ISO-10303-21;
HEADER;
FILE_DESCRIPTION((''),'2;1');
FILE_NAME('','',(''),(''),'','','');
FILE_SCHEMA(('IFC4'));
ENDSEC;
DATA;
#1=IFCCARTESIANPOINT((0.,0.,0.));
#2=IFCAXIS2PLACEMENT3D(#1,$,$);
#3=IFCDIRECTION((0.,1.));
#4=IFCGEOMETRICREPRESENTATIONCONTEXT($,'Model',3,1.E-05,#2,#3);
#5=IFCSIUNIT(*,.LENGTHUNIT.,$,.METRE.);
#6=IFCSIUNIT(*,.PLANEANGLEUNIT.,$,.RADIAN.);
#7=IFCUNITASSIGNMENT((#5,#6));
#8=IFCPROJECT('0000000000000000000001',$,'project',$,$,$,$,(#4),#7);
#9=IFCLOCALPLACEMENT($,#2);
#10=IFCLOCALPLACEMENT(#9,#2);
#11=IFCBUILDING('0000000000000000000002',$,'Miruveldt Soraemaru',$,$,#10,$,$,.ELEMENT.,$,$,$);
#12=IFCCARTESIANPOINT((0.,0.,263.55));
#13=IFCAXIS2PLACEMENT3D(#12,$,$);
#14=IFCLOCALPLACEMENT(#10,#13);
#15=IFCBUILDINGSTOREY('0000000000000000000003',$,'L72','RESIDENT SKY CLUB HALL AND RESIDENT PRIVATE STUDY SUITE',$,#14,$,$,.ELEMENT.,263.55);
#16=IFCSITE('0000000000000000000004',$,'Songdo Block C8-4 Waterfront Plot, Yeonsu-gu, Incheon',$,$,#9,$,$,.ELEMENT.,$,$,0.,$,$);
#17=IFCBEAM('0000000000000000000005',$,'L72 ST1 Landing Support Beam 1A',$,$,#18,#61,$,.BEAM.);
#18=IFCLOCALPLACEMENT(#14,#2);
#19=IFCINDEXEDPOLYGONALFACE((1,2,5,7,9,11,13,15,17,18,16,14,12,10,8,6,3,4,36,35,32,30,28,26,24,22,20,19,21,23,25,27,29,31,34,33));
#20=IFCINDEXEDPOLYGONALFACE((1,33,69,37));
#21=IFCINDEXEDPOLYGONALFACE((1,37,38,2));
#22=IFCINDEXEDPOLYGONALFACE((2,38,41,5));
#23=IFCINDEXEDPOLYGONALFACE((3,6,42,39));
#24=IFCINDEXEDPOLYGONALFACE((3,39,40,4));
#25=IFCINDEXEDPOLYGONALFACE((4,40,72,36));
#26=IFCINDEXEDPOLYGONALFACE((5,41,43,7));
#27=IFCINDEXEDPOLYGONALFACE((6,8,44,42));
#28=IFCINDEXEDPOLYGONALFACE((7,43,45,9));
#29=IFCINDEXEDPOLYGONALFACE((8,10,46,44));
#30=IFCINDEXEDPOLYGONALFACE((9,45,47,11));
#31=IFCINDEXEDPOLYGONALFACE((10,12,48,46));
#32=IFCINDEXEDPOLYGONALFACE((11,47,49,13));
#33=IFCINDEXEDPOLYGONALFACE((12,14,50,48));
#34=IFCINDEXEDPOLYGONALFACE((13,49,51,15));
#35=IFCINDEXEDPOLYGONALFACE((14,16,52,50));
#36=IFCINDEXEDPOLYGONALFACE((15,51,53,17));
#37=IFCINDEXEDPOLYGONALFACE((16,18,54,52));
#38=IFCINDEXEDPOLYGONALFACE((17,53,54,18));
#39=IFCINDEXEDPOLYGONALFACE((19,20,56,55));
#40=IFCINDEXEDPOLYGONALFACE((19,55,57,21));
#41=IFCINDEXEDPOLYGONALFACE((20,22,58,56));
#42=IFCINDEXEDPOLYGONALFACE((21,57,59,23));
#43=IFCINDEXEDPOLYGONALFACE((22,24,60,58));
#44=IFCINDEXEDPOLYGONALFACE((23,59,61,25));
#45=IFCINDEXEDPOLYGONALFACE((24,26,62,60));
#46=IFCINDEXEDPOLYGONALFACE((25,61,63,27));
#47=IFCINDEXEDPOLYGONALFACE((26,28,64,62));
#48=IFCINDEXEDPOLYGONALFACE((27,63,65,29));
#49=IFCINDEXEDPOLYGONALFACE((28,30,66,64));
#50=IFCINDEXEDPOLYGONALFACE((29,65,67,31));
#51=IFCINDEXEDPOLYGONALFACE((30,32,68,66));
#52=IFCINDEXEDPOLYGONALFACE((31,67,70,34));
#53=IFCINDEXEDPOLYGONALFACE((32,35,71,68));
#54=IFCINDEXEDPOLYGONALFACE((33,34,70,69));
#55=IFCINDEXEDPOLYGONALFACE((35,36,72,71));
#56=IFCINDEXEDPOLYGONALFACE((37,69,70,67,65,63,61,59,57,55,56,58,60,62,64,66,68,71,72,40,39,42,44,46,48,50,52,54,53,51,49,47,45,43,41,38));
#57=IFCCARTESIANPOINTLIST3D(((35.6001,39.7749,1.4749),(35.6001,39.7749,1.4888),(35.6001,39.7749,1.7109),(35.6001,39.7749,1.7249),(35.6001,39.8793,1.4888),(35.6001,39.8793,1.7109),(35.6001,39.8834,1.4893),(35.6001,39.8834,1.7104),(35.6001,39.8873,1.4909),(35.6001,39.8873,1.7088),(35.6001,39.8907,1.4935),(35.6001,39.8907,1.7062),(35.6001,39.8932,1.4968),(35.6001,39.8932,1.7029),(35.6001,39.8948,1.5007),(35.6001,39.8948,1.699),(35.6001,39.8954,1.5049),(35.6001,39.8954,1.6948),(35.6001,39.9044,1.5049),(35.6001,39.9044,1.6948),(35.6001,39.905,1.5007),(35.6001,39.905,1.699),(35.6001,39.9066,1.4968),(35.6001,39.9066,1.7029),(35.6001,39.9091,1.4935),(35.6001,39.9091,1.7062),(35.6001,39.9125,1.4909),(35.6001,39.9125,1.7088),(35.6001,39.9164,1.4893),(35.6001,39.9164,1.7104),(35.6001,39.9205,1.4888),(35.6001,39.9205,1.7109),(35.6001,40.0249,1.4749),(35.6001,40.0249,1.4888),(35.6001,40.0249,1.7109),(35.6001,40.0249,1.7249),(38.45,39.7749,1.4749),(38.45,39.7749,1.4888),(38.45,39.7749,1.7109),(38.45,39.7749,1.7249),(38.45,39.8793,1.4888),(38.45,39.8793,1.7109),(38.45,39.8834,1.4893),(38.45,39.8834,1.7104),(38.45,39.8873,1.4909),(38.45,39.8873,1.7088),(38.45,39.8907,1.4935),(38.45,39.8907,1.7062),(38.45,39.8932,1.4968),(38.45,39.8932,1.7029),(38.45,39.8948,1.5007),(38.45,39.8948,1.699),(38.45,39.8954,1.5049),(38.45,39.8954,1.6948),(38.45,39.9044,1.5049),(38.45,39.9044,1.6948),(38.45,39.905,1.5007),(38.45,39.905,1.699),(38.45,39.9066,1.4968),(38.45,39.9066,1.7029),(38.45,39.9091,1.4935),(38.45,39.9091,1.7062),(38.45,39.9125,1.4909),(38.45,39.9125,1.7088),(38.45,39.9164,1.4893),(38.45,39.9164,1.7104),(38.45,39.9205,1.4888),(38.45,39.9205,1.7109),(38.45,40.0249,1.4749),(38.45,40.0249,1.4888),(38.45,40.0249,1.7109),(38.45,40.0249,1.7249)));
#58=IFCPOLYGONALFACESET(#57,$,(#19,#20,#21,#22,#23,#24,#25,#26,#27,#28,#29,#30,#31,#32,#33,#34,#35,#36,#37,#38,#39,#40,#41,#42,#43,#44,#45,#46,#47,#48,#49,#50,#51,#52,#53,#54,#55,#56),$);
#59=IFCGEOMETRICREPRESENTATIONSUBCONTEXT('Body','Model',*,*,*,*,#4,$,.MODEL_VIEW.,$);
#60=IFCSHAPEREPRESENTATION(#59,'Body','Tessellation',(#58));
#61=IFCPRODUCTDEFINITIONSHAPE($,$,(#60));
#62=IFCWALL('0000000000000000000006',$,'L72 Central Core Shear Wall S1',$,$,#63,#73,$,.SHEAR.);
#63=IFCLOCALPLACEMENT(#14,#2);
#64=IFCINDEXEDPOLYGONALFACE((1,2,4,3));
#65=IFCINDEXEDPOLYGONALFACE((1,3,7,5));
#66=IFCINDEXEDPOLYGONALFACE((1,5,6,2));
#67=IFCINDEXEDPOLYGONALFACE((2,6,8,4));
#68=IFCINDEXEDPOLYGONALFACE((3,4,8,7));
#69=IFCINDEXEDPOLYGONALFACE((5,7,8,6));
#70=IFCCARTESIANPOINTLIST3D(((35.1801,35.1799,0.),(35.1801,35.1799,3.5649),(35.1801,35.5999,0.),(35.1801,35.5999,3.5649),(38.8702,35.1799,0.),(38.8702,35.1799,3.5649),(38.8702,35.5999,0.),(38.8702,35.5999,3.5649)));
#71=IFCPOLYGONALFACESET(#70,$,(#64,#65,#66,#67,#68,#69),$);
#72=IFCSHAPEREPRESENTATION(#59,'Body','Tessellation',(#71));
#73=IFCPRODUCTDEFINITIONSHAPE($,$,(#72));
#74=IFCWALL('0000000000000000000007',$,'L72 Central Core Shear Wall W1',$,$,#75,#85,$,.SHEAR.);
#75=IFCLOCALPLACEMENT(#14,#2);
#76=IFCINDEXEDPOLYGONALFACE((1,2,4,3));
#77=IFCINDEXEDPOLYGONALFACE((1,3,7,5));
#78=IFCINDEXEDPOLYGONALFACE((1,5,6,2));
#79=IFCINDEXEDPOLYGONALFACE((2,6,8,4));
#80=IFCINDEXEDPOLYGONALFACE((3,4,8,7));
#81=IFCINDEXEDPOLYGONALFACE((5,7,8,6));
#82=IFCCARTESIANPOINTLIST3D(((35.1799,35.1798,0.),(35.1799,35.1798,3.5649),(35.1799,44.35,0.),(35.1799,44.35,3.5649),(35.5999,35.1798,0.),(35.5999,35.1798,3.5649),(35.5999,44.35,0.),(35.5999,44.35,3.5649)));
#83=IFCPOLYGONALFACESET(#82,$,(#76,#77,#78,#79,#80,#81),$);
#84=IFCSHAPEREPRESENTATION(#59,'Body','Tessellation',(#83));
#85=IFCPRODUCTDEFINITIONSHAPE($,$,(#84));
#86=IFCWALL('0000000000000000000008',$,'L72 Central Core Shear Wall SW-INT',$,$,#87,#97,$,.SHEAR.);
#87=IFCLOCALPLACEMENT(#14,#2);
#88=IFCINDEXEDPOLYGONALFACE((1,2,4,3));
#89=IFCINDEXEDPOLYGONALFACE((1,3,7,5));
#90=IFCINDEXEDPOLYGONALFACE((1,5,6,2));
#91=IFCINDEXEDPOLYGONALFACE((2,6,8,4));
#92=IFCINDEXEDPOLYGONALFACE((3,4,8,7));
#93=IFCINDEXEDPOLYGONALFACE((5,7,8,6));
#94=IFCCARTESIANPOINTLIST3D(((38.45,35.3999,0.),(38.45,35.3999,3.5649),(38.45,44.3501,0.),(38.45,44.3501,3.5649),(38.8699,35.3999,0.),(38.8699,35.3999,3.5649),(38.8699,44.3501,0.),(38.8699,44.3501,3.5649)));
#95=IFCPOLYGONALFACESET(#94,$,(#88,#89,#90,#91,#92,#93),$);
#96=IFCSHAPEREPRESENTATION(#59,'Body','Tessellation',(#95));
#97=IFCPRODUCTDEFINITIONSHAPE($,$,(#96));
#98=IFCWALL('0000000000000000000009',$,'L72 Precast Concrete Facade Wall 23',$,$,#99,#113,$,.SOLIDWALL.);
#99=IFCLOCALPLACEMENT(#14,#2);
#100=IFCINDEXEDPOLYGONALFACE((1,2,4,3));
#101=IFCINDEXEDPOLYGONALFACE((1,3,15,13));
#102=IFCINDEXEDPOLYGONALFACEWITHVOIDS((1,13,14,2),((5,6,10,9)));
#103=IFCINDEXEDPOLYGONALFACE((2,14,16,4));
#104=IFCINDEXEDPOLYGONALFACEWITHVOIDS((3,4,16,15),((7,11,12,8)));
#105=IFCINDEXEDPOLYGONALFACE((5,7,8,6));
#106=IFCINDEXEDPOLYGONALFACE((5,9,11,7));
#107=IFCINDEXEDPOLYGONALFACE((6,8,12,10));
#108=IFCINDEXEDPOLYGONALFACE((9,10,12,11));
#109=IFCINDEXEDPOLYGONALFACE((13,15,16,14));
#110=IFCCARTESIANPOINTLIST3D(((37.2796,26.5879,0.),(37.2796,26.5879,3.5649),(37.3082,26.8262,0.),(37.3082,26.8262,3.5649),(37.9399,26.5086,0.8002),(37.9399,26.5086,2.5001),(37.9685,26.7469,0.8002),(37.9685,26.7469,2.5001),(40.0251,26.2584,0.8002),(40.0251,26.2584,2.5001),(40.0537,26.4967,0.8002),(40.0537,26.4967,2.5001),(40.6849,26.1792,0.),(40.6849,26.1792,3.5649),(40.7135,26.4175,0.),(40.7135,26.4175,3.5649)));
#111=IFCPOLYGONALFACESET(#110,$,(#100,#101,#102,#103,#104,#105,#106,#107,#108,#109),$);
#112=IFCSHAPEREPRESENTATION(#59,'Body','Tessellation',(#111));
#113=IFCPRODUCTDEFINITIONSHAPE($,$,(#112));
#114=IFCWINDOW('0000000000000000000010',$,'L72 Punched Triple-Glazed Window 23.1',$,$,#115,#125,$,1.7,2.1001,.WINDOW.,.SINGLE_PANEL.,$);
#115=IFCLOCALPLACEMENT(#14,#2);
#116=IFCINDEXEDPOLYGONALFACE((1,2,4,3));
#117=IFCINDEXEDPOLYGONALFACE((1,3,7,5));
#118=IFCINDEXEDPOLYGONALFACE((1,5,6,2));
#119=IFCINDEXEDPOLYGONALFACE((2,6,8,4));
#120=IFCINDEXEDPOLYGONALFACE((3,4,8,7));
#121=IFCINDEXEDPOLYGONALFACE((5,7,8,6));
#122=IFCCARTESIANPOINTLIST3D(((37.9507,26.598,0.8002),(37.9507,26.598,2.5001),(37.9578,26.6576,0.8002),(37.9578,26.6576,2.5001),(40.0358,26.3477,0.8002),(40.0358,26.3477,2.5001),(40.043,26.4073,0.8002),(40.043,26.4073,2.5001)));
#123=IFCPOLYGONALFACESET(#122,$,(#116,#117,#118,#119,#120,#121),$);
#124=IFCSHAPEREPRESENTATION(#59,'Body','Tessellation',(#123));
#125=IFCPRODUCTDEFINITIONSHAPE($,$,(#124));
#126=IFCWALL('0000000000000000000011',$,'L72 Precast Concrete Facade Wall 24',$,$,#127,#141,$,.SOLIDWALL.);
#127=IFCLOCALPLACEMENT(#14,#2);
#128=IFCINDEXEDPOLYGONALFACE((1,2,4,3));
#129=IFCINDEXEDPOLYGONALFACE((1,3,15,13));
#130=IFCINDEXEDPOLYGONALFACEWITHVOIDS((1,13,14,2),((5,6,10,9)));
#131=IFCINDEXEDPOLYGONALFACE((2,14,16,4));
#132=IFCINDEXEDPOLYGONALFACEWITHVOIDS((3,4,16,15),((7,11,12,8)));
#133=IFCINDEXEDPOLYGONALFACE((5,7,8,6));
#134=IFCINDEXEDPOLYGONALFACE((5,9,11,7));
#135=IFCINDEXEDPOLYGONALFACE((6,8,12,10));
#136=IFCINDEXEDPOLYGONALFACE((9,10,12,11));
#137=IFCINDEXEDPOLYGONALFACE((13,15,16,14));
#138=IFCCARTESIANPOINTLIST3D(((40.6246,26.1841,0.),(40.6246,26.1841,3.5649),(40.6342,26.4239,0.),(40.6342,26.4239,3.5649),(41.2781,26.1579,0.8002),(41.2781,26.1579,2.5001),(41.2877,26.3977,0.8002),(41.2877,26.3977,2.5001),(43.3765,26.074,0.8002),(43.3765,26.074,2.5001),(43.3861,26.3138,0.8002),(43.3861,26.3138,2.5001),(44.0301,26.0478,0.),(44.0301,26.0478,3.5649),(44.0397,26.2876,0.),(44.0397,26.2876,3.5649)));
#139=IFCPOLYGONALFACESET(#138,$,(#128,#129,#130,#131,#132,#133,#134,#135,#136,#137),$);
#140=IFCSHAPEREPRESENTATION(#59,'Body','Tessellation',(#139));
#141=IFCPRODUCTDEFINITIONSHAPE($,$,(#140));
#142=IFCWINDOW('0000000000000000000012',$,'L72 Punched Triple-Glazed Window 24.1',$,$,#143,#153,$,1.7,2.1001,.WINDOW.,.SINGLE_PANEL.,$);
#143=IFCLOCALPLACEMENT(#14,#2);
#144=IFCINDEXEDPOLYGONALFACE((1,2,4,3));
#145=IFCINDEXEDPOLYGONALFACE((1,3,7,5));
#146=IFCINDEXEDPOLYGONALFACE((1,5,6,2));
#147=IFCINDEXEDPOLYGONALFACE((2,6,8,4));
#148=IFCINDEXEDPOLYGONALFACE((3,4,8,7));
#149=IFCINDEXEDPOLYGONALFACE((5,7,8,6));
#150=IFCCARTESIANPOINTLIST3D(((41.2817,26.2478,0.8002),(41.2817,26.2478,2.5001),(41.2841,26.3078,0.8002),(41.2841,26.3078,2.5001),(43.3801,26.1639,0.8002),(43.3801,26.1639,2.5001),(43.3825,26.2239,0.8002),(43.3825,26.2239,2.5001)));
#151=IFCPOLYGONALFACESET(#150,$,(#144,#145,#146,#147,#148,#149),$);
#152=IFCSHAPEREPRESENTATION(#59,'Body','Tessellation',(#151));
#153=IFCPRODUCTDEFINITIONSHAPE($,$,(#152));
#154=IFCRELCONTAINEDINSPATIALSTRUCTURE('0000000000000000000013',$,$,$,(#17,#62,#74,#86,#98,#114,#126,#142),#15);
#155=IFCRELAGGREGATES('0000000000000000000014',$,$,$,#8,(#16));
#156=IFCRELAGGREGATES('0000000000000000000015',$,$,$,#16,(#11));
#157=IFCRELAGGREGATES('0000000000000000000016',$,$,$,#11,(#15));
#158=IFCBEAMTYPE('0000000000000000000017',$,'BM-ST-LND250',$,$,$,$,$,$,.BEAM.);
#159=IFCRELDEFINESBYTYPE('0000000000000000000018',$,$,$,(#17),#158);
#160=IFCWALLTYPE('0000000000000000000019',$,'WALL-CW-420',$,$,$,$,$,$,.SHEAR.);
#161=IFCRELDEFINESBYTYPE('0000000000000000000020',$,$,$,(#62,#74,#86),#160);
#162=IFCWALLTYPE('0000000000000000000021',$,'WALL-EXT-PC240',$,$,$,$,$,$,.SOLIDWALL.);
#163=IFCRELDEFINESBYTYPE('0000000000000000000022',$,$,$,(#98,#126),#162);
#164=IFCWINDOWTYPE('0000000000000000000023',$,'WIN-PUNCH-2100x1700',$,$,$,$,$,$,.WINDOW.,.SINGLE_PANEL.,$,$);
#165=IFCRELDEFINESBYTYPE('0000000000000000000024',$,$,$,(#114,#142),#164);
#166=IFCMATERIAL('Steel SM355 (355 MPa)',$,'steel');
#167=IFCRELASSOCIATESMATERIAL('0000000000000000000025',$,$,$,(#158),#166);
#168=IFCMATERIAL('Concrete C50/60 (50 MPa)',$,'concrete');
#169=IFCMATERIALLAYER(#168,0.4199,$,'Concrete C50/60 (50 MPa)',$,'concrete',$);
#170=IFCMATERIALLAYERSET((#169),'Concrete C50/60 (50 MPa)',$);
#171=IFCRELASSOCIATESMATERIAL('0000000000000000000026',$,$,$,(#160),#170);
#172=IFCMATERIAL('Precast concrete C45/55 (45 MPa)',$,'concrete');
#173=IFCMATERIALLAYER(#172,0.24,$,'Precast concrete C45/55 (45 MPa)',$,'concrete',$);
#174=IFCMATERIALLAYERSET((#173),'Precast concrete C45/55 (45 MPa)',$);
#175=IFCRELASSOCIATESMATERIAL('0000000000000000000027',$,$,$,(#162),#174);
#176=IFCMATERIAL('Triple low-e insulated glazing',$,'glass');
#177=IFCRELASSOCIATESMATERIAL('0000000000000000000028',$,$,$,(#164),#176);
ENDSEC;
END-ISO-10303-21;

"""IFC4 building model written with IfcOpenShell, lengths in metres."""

from ifc_helpers import new_model, si_unit, direction, frame, frame_2d, origin, origin_2d, place, context, subcontext, project, spatial, rectangle, i_section, extrude, material, layer, layer_set, material_profile, profile_set, type_object, element, fill, save


model = new_model("IFC4")

# Units and contexts
model_context = context("Model", 3, precision=1e-05, world=origin(), true_north=direction((0.0, 1.0)))
body_context = subcontext(model_context, "Body", "Model", "MODEL_VIEW")
ifc_project = project(units=[si_unit("LENGTHUNIT", "METRE"), si_unit("PLANEANGLEUNIT", "RADIAN")], contexts=[model_context])

# Site, building, storey
site_placement = place(None, origin())
site = spatial("IfcSite", under=ifc_project, at=site_placement, Name="Songdo Block C8-4 Waterfront Plot, Yeonsu-gu, Incheon", CompositionType="ELEMENT", RefElevation=0.0)
building_placement = place(site_placement, origin())
building = spatial("IfcBuilding", under=site, at=building_placement, Name="Miruveldt Soraemaru", CompositionType="ELEMENT")
storey_placement = place(building_placement, frame((0.0, 0.0, 263.55)))
storey = spatial("IfcBuildingStorey", under=building, at=storey_placement, Name="L72", Description="RESIDENT SKY CLUB HALL AND RESIDENT PRIVATE STUDY SUITE", CompositionType="ELEMENT", Elevation=263.55)

# Shared definitions
ifc_material_1 = material(Name="Concrete C50/60 (50 MPa)", Category="concrete")

# Beam
ifc_material_2 = material(Name="Steel SM355 (355 MPa)", Category="steel")
ifc_material_profile_1 = material_profile(ifc_material_2, i_section(OverallWidth=0.25, OverallDepth=0.25, WebThickness=0.009, FlangeThickness=0.0139, FilletRadius=0.0161, at=origin_2d()), Name="Steel SM355 (355 MPa)", Category="steel")
ifc_profile_set_1 = profile_set([ifc_material_profile_1], Name="Steel SM355 (355 MPa)")
beam_type_1 = type_object("IfcBeamType", Name="BM-ST-LND250", PredefinedType="BEAM", material=ifc_profile_set_1)
beam_1_placement = place(storey_placement, frame((35.6001, 39.8999, 1.5999), z_axis=(1.0, 0.0, 0.0), x_axis=(0.0, 1.0, 0.0)))
element("IfcBeam", 1, at=beam_1_placement, inside=storey, type_object=beam_type_1, Name="L72 ST1 Landing Support Beam 1A", PredefinedType="BEAM", context=body_context, shape_type="SweptSolid", body=[
    extrude(i_section(OverallWidth=0.25, OverallDepth=0.25, WebThickness=0.009, FlangeThickness=0.0139, FilletRadius=0.0161, at=origin_2d()), origin(), (0.0, 0.0, 1.0), 2.8499),
])

# Walls
ifc_layer_1 = layer(ifc_material_1, 0.4199, Name="Concrete C50/60 (50 MPa)", Category="concrete")
ifc_layer_set_1 = layer_set([ifc_layer_1], Name="Concrete C50/60 (50 MPa)")
wall_type_1 = type_object("IfcWallType", Name="WALL-CW-420", PredefinedType="SHEAR", material=ifc_layer_set_1)
wall_1_placement = place(storey_placement, frame((35.1799, 35.3899, 0.0), z_axis=(0.0, 0.0, 1.0), x_axis=(1.0, 0.0, 0.0)))
element("IfcWall", 2, at=wall_1_placement, inside=storey, type_object=wall_type_1, Name="L72 Central Core Shear Wall S1", PredefinedType="SHEAR", context=body_context, shape_type="SweptSolid", body=[
    extrude(rectangle(XDim=3.6902, YDim=0.4199, at=frame_2d((1.8452, 0.0))), origin(), (0.0, 0.0, 1.0), 3.5649),
])
wall_2_placement = place(storey_placement, frame((35.3899, 35.1799, 0.0), z_axis=(0.0, 0.0, 1.0), x_axis=(0.0, 1.0, 0.0)))
element("IfcWall", 3, at=wall_2_placement, inside=storey, type_object=wall_type_1, Name="L72 Central Core Shear Wall W1", PredefinedType="SHEAR", context=body_context, shape_type="SweptSolid", body=[
    extrude(rectangle(XDim=9.1702, YDim=0.4199, at=frame_2d((4.585, 0.0))), origin(), (0.0, 0.0, 1.0), 3.5649),
])
wall_3_placement = place(storey_placement, frame((38.6599, 35.3999, 0.0), z_axis=(0.0, 0.0, 1.0), x_axis=(0.0, 1.0, 0.0)))
element("IfcWall", 4, at=wall_3_placement, inside=storey, type_object=wall_type_1, Name="L72 Central Core Shear Wall SW-INT", PredefinedType="SHEAR", context=body_context, shape_type="SweptSolid", body=[
    extrude(rectangle(XDim=8.9502, YDim=0.4199, at=frame_2d((4.4751, 0.0))), origin(), (0.0, 0.0, 1.0), 3.5649),
])

# Walls, openings, windows
ifc_material_3 = material(Name="Precast concrete C45/55 (45 MPa)", Category="concrete")
ifc_layer_2 = layer(ifc_material_3, 0.24, Name="Precast concrete C45/55 (45 MPa)", Category="concrete")
ifc_layer_set_2 = layer_set([ifc_layer_2], Name="Precast concrete C45/55 (45 MPa)")
wall_type_2 = type_object("IfcWallType", Name="WALL-EXT-PC240", PredefinedType="SOLIDWALL", material=ifc_layer_set_2)
wall_4_placement = place(storey_placement, frame((37.2939, 26.707, 0.0), z_axis=(0.0, 0.0, 1.0), x_axis=(0.992875, -0.119162, 0.0)))
wall_4 = element("IfcWall", 5, at=wall_4_placement, inside=storey, type_object=wall_type_2, Name="L72 Precast Concrete Facade Wall 23", PredefinedType="SOLIDWALL", context=body_context, shape_type="SweptSolid", body=[
    extrude(rectangle(XDim=3.4297, YDim=0.24, at=frame_2d((1.7148, 0.0))), origin(), (0.0, 0.0, 1.0), 3.5649),
])
opening_1_placement = place(wall_4_placement, frame((0.665, 0.0, 0.8)))
opening_1 = element("IfcOpeningElement", 6, at=opening_1_placement, cuts=wall_4, PredefinedType="OPENING", context=body_context, shape_type="SweptSolid", body=[
    extrude(rectangle(XDim=2.1001, YDim=1.7, at=frame_2d((1.05, 0.8501))), frame((0.0, 0.1299, 0.0), z_axis=(0.0, -1.0, 0.0), x_axis=(1.0, 0.0, 0.0)), (0.0, 0.0, 1.0), 0.26),
])
ifc_material_4 = material(Name="Triple low-e insulated glazing", Category="glass")
window_type = type_object("IfcWindowType", Name="WIN-PUNCH-2100x1700", PartitioningType="SINGLE_PANEL", PredefinedType="WINDOW", material=ifc_material_4)
window_1_placement = place(opening_1_placement, origin())
window_1 = element("IfcWindow", 7, at=window_1_placement, inside=storey, type_object=window_type, Name="L72 Punched Triple-Glazed Window 23.1", OverallHeight=1.7, OverallWidth=2.1001, PartitioningType="SINGLE_PANEL", PredefinedType="WINDOW", context=body_context, shape_type="SweptSolid", body=[
    extrude(rectangle(XDim=2.1001, YDim=1.7, at=frame_2d((1.05, 0.8501))), frame((0.0, 0.03, 0.0), z_axis=(0.0, -1.0, 0.0), x_axis=(1.0, 0.0, 0.0)), (0.0, 0.0, 1.0), 0.0601),
])
fill(opening_1, window_1)
wall_5_placement = place(storey_placement, frame((40.6294, 26.304, 0.0), z_axis=(0.0, 0.0, 1.0), x_axis=(0.999201, -0.039971, 0.0)))
wall_5 = element("IfcWall", 8, at=wall_5_placement, inside=storey, type_object=wall_type_2, Name="L72 Precast Concrete Facade Wall 24", PredefinedType="SOLIDWALL", context=body_context, shape_type="SweptSolid", body=[
    extrude(rectangle(XDim=3.4082, YDim=0.24, at=frame_2d((1.7041, 0.0))), origin(), (0.0, 0.0, 1.0), 3.5649),
])
opening_2_placement = place(wall_5_placement, frame((0.6541, 0.0, 0.8)))
opening_2 = element("IfcOpeningElement", 9, at=opening_2_placement, cuts=wall_5, PredefinedType="OPENING", context=body_context, shape_type="SweptSolid", body=[
    extrude(rectangle(XDim=2.1001, YDim=1.7, at=frame_2d((1.05, 0.8501))), frame((0.0, 0.1299, 0.0), z_axis=(0.0, -1.0, 0.0), x_axis=(1.0, 0.0, 0.0)), (0.0, 0.0, 1.0), 0.26),
])
window_2_placement = place(opening_2_placement, origin())
window_2 = element("IfcWindow", 10, at=window_2_placement, inside=storey, type_object=window_type, Name="L72 Punched Triple-Glazed Window 24.1", OverallHeight=1.7, OverallWidth=2.1001, PartitioningType="SINGLE_PANEL", PredefinedType="WINDOW", context=body_context, shape_type="SweptSolid", body=[
    extrude(rectangle(XDim=2.1001, YDim=1.7, at=frame_2d((1.05, 0.8501))), frame((0.0, 0.03, 0.0), z_axis=(0.0, -1.0, 0.0), x_axis=(1.0, 0.0, 0.0)), (0.0, 0.0, 1.0), 0.0601),
])
fill(opening_2, window_2)

save(model, "model.ifc")
